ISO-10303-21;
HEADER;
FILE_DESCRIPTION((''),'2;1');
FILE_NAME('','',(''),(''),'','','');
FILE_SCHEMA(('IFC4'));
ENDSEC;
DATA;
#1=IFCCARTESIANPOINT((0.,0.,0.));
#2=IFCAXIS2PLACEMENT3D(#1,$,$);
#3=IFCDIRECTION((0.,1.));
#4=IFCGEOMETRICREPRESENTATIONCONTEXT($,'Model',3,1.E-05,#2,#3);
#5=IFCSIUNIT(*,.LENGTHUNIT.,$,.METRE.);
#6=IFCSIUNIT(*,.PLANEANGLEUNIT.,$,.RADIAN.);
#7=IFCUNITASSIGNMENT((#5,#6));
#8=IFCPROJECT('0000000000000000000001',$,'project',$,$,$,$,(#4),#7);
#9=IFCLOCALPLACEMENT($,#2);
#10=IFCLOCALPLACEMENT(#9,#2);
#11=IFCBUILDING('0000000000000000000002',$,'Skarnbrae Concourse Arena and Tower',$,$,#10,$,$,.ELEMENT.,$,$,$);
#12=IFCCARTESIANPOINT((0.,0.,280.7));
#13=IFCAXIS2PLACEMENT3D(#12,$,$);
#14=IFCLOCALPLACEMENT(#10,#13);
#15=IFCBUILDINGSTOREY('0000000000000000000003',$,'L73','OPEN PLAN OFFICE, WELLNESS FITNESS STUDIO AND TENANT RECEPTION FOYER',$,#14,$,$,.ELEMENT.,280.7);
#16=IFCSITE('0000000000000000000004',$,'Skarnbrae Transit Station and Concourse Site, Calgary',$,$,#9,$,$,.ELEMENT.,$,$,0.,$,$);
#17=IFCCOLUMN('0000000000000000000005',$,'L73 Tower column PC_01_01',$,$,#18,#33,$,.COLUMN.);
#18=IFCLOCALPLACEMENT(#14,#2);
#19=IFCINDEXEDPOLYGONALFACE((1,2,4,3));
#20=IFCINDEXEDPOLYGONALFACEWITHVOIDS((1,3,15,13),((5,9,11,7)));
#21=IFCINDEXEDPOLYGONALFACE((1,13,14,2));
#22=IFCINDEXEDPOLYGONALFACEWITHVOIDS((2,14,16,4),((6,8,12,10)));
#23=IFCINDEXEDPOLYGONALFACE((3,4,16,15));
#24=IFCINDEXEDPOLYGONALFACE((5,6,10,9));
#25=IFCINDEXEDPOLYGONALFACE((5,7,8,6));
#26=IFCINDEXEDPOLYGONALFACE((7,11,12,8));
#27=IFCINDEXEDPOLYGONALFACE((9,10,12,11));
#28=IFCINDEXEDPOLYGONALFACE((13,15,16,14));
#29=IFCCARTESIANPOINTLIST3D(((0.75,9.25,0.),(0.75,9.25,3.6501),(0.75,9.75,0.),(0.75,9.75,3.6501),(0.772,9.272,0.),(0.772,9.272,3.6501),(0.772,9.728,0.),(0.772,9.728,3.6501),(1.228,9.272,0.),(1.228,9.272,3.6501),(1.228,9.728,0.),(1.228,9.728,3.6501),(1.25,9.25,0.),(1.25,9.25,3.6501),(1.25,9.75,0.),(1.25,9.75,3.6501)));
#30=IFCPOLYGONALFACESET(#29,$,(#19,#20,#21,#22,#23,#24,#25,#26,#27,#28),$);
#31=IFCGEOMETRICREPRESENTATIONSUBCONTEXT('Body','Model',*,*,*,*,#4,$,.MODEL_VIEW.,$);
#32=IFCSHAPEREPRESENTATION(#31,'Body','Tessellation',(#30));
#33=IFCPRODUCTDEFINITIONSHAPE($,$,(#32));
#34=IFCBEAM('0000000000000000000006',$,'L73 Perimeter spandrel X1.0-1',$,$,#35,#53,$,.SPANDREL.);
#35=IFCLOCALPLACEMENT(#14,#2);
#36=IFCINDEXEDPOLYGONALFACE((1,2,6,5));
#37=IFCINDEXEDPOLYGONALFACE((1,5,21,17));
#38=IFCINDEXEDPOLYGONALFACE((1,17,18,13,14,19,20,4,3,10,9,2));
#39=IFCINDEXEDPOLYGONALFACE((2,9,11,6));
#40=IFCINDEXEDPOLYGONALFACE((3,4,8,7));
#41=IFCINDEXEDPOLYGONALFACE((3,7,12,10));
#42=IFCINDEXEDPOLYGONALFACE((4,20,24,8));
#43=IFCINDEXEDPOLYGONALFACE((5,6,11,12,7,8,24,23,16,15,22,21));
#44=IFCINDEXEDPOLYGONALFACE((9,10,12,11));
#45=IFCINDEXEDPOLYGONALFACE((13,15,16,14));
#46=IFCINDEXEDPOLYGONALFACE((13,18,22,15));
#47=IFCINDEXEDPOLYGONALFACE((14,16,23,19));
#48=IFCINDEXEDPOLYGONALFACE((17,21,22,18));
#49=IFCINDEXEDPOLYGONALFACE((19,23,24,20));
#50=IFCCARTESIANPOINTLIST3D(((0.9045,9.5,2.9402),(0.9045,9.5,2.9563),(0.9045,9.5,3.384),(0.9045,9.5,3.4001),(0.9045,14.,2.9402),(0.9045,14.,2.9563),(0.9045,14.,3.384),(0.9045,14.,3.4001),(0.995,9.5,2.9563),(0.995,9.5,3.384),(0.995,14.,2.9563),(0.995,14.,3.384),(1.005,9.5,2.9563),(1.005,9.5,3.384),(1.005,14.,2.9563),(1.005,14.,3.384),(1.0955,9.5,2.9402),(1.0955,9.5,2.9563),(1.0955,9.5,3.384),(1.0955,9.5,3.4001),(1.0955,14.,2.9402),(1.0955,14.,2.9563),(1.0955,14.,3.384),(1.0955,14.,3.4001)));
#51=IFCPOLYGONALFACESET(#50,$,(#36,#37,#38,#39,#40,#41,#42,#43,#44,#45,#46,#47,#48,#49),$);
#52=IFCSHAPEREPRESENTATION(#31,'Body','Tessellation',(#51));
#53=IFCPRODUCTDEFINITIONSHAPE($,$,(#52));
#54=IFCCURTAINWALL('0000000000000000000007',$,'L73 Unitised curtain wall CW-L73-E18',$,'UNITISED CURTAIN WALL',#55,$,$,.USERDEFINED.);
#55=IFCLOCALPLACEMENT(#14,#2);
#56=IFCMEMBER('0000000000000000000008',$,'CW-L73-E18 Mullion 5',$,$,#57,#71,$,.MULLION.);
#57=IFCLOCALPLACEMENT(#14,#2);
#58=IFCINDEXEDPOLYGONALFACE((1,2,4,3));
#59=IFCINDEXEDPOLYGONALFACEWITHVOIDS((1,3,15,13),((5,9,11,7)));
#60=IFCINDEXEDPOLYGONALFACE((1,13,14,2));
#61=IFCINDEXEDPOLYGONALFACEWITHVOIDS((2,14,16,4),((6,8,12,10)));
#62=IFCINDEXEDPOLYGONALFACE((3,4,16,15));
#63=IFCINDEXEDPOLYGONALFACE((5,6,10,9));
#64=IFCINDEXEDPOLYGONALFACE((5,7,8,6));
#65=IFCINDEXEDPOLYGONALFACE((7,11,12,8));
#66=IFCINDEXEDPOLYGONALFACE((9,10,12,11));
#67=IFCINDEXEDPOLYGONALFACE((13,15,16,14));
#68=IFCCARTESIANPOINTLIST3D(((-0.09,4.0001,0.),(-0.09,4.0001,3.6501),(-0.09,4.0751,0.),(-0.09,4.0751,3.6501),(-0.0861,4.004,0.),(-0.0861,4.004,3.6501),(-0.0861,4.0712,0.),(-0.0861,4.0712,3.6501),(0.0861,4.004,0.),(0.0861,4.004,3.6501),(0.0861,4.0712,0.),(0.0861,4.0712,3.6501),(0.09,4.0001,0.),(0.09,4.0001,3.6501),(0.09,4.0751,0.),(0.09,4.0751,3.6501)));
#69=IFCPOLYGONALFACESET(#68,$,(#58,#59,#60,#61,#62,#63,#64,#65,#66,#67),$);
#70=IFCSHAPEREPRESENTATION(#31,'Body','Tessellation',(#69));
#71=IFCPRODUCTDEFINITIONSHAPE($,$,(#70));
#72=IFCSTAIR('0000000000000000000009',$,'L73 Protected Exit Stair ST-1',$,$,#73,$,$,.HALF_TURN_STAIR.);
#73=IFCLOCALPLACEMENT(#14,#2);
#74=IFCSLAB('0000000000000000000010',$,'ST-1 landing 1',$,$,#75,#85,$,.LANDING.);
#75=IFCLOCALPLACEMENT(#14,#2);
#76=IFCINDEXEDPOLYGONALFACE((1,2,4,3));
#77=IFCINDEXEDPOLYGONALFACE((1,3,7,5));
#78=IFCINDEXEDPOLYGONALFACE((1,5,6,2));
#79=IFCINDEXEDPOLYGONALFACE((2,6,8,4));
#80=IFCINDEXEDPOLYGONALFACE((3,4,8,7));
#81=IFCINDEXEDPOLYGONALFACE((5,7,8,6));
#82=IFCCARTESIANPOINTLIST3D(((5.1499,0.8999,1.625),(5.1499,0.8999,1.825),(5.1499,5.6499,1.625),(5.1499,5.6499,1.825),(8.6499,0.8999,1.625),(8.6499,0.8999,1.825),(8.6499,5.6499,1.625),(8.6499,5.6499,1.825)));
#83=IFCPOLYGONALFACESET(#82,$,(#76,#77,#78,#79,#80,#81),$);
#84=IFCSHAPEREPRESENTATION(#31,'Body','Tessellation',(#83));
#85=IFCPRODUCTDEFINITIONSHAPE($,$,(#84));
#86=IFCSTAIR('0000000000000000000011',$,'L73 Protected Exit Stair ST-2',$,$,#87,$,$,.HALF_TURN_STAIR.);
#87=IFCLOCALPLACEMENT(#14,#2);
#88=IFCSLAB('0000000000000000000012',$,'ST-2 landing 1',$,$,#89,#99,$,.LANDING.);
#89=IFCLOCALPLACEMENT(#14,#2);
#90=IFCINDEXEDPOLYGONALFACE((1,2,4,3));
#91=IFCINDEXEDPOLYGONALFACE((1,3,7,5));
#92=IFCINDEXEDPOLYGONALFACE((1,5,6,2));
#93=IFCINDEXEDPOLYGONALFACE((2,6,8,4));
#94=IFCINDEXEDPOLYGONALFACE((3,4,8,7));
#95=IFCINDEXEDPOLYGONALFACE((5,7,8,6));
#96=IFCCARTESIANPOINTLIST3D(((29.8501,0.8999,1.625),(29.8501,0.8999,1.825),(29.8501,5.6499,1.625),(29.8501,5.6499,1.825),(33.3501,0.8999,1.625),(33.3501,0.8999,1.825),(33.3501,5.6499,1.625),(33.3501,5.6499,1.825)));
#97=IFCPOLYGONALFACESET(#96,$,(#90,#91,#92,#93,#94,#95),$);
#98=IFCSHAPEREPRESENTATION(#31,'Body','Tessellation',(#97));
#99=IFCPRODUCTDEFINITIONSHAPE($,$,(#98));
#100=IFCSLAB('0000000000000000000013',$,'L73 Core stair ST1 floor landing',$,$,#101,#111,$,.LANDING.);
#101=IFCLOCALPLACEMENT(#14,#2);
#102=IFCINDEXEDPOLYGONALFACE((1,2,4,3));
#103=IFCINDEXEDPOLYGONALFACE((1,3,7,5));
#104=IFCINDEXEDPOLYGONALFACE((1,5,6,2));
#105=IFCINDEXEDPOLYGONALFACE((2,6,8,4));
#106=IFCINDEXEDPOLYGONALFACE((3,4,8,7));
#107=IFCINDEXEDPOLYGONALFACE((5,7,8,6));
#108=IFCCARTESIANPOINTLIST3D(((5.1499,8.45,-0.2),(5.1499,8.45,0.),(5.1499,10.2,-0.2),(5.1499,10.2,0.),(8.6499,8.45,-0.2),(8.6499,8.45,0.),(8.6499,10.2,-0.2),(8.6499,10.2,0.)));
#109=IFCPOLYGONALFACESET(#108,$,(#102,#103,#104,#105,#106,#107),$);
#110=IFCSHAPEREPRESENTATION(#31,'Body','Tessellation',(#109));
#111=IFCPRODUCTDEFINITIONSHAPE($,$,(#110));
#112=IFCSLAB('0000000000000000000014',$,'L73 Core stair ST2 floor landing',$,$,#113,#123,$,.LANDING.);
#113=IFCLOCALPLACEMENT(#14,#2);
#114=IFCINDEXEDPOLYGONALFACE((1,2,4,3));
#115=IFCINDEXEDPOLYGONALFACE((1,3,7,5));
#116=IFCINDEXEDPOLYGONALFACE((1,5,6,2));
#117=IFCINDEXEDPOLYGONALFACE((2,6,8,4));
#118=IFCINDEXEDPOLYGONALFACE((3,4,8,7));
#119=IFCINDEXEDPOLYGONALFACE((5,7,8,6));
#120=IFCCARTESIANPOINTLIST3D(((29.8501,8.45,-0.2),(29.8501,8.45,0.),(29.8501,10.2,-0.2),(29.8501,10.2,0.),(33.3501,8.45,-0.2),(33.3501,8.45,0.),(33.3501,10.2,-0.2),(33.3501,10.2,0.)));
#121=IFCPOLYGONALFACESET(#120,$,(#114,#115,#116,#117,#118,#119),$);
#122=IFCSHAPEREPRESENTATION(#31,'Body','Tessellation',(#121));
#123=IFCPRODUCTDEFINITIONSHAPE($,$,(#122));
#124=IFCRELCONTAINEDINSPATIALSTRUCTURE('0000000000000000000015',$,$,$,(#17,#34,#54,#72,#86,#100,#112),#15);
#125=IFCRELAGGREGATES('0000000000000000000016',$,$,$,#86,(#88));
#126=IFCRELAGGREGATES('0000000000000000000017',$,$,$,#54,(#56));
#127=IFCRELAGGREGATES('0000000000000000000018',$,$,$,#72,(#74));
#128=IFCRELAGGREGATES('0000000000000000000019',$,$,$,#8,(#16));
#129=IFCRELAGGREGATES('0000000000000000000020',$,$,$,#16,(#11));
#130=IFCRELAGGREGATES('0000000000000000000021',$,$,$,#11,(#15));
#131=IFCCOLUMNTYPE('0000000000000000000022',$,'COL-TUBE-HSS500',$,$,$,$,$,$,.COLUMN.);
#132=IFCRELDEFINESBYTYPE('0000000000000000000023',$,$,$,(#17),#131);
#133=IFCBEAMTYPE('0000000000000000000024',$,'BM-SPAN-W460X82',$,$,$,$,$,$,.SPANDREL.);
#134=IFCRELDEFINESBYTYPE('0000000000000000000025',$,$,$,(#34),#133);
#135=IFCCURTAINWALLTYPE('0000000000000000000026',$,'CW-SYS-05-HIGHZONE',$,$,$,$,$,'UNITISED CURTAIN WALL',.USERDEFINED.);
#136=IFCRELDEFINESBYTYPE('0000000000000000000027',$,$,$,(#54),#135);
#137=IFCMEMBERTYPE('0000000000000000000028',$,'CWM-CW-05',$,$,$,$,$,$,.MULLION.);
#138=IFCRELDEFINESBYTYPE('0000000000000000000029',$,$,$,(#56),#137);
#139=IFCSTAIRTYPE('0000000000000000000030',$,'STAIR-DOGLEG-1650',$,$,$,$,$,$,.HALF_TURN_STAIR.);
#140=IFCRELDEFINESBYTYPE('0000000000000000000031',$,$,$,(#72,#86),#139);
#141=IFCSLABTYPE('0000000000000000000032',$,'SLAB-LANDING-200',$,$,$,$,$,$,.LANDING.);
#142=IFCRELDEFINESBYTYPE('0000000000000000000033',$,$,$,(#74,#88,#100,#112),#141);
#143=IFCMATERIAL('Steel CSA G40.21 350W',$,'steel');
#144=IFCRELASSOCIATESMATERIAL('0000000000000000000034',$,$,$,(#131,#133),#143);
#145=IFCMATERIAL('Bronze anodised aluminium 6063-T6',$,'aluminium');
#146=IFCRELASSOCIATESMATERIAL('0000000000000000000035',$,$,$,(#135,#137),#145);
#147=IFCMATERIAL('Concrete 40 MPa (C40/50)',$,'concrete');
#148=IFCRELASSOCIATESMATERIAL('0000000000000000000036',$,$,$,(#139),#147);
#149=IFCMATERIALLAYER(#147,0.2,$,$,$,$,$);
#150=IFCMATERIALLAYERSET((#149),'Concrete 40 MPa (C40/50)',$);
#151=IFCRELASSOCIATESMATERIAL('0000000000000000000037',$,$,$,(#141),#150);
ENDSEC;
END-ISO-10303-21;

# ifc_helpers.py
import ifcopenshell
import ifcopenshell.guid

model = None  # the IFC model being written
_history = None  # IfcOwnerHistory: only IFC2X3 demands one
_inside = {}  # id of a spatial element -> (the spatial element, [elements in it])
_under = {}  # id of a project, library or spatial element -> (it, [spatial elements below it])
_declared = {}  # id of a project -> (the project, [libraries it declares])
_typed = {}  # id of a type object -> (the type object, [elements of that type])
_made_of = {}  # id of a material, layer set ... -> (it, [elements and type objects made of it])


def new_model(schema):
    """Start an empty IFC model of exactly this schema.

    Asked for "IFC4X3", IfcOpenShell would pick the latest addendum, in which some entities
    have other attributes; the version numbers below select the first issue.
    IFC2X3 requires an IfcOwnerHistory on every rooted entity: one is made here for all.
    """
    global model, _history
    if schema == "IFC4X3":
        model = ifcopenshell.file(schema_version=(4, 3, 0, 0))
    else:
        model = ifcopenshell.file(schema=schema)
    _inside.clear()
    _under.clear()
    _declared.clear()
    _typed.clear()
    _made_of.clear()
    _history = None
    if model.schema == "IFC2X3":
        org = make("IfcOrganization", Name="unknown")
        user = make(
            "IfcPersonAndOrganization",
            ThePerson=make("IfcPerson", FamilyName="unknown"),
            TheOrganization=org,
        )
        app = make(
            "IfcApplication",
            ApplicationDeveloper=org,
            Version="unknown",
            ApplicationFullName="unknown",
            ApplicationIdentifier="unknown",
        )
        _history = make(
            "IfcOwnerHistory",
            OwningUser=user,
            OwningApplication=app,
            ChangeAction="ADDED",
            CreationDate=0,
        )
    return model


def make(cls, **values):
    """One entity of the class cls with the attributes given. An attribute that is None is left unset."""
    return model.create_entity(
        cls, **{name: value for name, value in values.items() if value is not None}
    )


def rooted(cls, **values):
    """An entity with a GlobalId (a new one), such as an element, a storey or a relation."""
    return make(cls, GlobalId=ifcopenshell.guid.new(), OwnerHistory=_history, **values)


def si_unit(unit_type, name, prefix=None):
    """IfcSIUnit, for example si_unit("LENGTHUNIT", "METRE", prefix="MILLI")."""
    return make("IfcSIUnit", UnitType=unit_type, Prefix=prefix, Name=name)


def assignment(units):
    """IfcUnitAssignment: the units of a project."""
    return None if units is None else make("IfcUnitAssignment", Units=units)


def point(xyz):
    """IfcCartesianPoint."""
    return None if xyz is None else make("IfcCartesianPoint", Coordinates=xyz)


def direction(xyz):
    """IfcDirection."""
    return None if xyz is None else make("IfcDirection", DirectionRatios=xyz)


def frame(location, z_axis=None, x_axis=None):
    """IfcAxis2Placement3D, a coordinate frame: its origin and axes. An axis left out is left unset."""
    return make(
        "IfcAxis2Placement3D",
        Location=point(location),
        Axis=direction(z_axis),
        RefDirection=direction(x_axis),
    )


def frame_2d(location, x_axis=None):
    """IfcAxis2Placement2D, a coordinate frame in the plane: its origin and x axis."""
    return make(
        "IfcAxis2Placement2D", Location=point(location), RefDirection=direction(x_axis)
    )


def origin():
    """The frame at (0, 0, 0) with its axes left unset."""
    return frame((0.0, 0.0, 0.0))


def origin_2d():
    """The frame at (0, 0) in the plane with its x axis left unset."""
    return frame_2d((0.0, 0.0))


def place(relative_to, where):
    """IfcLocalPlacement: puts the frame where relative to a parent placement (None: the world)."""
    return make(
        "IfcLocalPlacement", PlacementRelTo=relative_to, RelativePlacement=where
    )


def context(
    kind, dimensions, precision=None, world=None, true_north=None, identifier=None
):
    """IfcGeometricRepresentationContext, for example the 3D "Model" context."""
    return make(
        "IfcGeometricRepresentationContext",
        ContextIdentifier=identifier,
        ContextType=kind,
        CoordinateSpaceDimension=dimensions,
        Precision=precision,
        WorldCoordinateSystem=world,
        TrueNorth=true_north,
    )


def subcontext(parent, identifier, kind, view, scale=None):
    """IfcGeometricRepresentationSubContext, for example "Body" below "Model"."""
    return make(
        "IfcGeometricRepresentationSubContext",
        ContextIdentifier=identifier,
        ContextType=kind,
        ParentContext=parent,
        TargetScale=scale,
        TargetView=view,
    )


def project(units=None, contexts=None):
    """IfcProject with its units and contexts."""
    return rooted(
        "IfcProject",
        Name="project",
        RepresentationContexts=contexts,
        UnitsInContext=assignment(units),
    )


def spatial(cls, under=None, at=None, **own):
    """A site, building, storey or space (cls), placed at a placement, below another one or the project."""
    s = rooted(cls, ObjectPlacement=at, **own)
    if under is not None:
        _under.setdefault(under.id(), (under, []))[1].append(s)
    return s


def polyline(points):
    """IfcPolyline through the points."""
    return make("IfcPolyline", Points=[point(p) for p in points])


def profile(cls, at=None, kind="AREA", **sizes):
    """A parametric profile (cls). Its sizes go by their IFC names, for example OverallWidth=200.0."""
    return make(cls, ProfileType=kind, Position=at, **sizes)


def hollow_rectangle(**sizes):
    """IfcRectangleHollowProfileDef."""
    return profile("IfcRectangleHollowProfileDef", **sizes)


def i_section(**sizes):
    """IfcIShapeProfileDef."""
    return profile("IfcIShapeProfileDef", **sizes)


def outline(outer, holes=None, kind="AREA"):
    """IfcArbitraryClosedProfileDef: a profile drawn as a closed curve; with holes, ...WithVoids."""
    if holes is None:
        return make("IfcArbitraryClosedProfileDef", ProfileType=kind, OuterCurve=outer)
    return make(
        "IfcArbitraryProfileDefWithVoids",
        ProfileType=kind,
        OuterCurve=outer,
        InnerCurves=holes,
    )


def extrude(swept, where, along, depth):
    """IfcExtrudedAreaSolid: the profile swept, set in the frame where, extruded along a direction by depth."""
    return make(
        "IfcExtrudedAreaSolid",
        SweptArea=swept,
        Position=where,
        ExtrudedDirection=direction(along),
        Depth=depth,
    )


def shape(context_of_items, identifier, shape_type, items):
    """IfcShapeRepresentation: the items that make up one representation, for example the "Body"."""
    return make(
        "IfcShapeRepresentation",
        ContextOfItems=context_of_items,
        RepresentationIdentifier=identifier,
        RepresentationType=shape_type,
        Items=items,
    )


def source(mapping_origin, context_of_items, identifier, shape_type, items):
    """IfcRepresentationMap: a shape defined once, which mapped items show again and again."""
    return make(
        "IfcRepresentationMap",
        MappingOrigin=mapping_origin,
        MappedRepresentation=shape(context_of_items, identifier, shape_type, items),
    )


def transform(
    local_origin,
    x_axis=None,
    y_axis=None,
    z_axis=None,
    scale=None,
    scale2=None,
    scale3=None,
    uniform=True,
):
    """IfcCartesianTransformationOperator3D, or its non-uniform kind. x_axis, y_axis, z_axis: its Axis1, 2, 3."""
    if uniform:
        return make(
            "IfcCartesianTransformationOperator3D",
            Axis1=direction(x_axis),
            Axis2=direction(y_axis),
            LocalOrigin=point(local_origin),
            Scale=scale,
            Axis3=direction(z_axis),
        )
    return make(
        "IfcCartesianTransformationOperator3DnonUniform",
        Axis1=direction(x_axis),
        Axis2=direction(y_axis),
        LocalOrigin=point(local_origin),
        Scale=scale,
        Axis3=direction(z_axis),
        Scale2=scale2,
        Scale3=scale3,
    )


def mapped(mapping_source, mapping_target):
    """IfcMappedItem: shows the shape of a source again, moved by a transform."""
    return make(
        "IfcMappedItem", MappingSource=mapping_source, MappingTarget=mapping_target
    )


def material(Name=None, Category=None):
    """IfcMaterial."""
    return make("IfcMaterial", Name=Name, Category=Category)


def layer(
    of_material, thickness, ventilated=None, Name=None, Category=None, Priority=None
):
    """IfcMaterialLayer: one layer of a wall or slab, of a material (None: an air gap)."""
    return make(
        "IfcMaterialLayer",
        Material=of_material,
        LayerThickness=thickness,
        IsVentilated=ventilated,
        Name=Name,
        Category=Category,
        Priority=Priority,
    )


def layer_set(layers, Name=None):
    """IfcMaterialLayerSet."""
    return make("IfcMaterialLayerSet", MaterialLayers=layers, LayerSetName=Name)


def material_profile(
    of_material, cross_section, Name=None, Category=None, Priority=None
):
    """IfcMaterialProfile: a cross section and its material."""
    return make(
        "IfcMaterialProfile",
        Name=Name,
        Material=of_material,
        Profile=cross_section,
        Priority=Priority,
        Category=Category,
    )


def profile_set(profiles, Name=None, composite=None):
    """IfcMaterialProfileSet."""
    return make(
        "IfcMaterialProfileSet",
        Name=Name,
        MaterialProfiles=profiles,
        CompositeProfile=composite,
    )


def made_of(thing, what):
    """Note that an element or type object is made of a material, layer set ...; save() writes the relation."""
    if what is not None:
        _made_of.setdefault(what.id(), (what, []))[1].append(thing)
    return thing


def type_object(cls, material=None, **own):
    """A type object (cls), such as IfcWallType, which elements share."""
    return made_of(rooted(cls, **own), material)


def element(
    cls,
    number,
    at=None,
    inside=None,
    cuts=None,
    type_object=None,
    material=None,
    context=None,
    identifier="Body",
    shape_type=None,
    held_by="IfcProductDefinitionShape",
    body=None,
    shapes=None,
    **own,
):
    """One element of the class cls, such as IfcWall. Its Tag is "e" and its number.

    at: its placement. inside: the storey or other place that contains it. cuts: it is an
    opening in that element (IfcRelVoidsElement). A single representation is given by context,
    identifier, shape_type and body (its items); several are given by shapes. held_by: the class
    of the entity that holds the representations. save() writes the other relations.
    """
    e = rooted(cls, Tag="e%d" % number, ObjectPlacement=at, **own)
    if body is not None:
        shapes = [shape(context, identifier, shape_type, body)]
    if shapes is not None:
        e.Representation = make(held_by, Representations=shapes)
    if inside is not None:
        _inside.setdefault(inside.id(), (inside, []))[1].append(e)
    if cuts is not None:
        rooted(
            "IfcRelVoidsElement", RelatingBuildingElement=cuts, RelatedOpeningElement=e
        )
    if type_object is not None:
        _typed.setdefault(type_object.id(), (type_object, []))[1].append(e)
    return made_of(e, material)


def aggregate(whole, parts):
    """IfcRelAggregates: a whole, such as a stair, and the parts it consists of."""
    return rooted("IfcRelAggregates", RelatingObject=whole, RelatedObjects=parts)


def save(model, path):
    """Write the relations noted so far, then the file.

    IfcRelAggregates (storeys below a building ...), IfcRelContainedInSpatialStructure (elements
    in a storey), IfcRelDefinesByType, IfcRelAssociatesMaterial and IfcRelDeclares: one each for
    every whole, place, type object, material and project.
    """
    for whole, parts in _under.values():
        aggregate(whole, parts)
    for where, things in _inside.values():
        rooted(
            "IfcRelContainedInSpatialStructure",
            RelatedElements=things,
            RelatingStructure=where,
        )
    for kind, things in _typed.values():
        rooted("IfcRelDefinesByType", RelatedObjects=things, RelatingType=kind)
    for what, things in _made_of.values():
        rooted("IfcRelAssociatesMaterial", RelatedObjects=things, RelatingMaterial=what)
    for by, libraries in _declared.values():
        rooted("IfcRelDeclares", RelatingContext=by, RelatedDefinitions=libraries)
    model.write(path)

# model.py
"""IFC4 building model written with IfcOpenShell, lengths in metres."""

from ifc_helpers import new_model, si_unit, direction, frame, origin, origin_2d, place, context, subcontext, project, spatial, polyline, hollow_rectangle, i_section, outline, extrude, source, transform, mapped, material, layer, layer_set, material_profile, profile_set, type_object, element, aggregate, save


model = new_model("IFC4")

# Units and contexts
model_context = context("Model", 3, precision=1e-05, world=origin(), true_north=direction((0.0, 1.0)))
body_context = subcontext(model_context, "Body", "Model", "MODEL_VIEW")
ifc_project = project(units=[si_unit("LENGTHUNIT", "METRE"), si_unit("PLANEANGLEUNIT", "RADIAN")], contexts=[model_context])

# Site, building, storey
site_placement = place(None, origin())
site = spatial("IfcSite", under=ifc_project, at=site_placement, Name="Skarnbrae Transit Station and Concourse Site, Calgary", CompositionType="ELEMENT", RefElevation=0.0)
building_placement = place(site_placement, origin())
building = spatial("IfcBuilding", under=site, at=building_placement, Name="Skarnbrae Concourse Arena and Tower", CompositionType="ELEMENT")
storey_placement = place(building_placement, frame((0.0, 0.0, 280.7)))
storey = spatial("IfcBuildingStorey", under=building, at=storey_placement, Name="L73", Description="OPEN PLAN OFFICE, WELLNESS FITNESS STUDIO AND TENANT RECEPTION FOYER", CompositionType="ELEMENT", Elevation=280.7)

# Column
ifc_material_1 = material(Name="Steel CSA G40.21 350W", Category="steel")
ifc_material_profile_1 = material_profile(ifc_material_1, hollow_rectangle(XDim=0.5, YDim=0.5, WallThickness=0.022, at=origin_2d()), Name="HSS500X500X22.0")
ifc_profile_set_1 = profile_set([ifc_material_profile_1], Name="Steel CSA G40.21 350W")
column_type = type_object("IfcColumnType", Name="COL-TUBE-HSS500", PredefinedType="COLUMN", material=ifc_profile_set_1)
shared_shape_1 = source(origin(), body_context, "Body", "SweptSolid", [
    extrude(hollow_rectangle(XDim=0.5, YDim=0.5, WallThickness=0.022, at=origin_2d()), origin(), (0.0, 0.0, 1.0), 3.6501),
])
column_placement = place(storey_placement, frame((1.0, 9.5, 0.0), z_axis=(0.0, 0.0, 1.0), x_axis=(1.0, 0.0, 0.0)))
element("IfcColumn", 1, at=column_placement, inside=storey, type_object=column_type, Name="L73 Tower column PC_01_01", PredefinedType="COLUMN", context=body_context, shape_type="MappedRepresentation", body=[
    mapped(shared_shape_1, transform((0.0, 0.0, 0.0))),
])

# Beam
ifc_material_profile_2 = material_profile(ifc_material_1, i_section(OverallWidth=0.1909, OverallDepth=0.46, WebThickness=0.01, FlangeThickness=0.0161, at=origin_2d()), Name="W460X82")
ifc_profile_set_2 = profile_set([ifc_material_profile_2], Name="Steel CSA G40.21 350W")
beam_type = type_object("IfcBeamType", Name="BM-SPAN-W460X82", PredefinedType="SPANDREL", material=ifc_profile_set_2)
shared_shape_2 = source(origin(), body_context, "Body", "SweptSolid", [
    extrude(i_section(OverallWidth=0.1909, OverallDepth=0.46, WebThickness=0.01, FlangeThickness=0.0161, at=origin_2d()), origin(), (0.0, 0.0, 1.0), 4.5),
])
beam_placement = place(storey_placement, frame((1.0, 9.5, 3.1702), z_axis=(0.0, 1.0, 0.0), x_axis=(-1.0, 0.0, 0.0)))
element("IfcBeam", 2, at=beam_placement, inside=storey, type_object=beam_type, Name="L73 Perimeter spandrel X1.0-1", PredefinedType="SPANDREL", context=body_context, shape_type="MappedRepresentation", body=[
    mapped(shared_shape_2, transform((0.0, 0.0, 0.0))),
])

# Curtain wall, member
ifc_material_2 = material(Name="Bronze anodised aluminium 6063-T6", Category="aluminium")
curtain_wall_type = type_object("IfcCurtainWallType", Name="CW-SYS-05-HIGHZONE", ElementType="UNITISED CURTAIN WALL", PredefinedType="USERDEFINED", material=ifc_material_2)
curtain_wall_placement = place(storey_placement, origin())
curtain_wall = element("IfcCurtainWall", 3, at=curtain_wall_placement, inside=storey, type_object=curtain_wall_type, Name="L73 Unitised curtain wall CW-L73-E18", ObjectType="UNITISED CURTAIN WALL", PredefinedType="USERDEFINED")
ifc_material_profile_3 = material_profile(ifc_material_2, hollow_rectangle(XDim=0.075, YDim=0.1799, WallThickness=0.0039, at=origin_2d()), Name="ALU-MULL-75X180")
ifc_profile_set_3 = profile_set([ifc_material_profile_3], Name="Bronze anodised aluminium 6063-T6")
member_type = type_object("IfcMemberType", Name="CWM-CW-05", PredefinedType="MULLION", material=ifc_profile_set_3)
shared_shape_3 = source(origin(), body_context, "Body", "SweptSolid", [
    extrude(hollow_rectangle(XDim=0.075, YDim=0.1799, WallThickness=0.0039, at=origin_2d()), origin(), (0.0, 0.0, 1.0), 3.6501),
])
member_placement = place(storey_placement, frame((0.0, 4.0376, 0.0), z_axis=(0.0, 0.0, 1.0), x_axis=(0.0, -1.0, 0.0)))
member = element("IfcMember", 4, at=member_placement, type_object=member_type, Name="CW-L73-E18 Mullion 5", PredefinedType="MULLION", context=body_context, shape_type="MappedRepresentation", body=[
    mapped(shared_shape_3, transform((0.0, 0.0, 0.0))),
])

# Stairs, slabs
ifc_material_3 = material(Name="Concrete 40 MPa (C40/50)", Category="concrete")
stair_type = type_object("IfcStairType", Name="STAIR-DOGLEG-1650", PredefinedType="HALF_TURN_STAIR", material=ifc_material_3)
stair_1_placement = place(storey_placement, origin())
stair_1 = element("IfcStair", 5, at=stair_1_placement, inside=storey, type_object=stair_type, Name="L73 Protected Exit Stair ST-1", PredefinedType="HALF_TURN_STAIR")
ifc_layer_1 = layer(ifc_material_3, 0.2)
ifc_layer_set_1 = layer_set([ifc_layer_1], Name="Concrete 40 MPa (C40/50)")
slab_type_1 = type_object("IfcSlabType", Name="SLAB-LANDING-200", PredefinedType="LANDING", material=ifc_layer_set_1)
slab_1_placement = place(storey_placement, frame((0.0, 0.0, 1.625)))
slab_1 = element("IfcSlab", 6, at=slab_1_placement, type_object=slab_type_1, Name="ST-1 landing 1", PredefinedType="LANDING", context=body_context, shape_type="SweptSolid", body=[
    extrude(outline(polyline([(5.1499, 5.6499), (5.1499, 0.8999), (8.6499, 0.8999), (8.6499, 5.6499), (5.1499, 5.6499)])), origin(), (0.0, 0.0, 1.0), 0.2),
])
stair_2_placement = place(storey_placement, origin())
stair_2 = element("IfcStair", 7, at=stair_2_placement, inside=storey, type_object=stair_type, Name="L73 Protected Exit Stair ST-2", PredefinedType="HALF_TURN_STAIR")
slab_2_placement = place(storey_placement, frame((0.0, 0.0, 1.625)))
slab_2 = element("IfcSlab", 8, at=slab_2_placement, type_object=slab_type_1, Name="ST-2 landing 1", PredefinedType="LANDING", context=body_context, shape_type="SweptSolid", body=[
    extrude(outline(polyline([(29.8501, 5.6499), (29.8501, 0.8999), (33.3501, 0.8999), (33.3501, 5.6499), (29.8501, 5.6499)])), origin(), (0.0, 0.0, 1.0), 0.2),
])
aggregate(stair_2, [slab_2])

# Slabs
slab_3_placement = place(storey_placement, frame((0.0, 0.0, -0.2)))
element("IfcSlab", 9, at=slab_3_placement, inside=storey, type_object=slab_type_1, Name="L73 Core stair ST1 floor landing", PredefinedType="LANDING", context=body_context, shape_type="SweptSolid", body=[
    extrude(outline(polyline([(5.1499, 10.2), (5.1499, 8.45), (8.6499, 8.45), (8.6499, 10.2), (5.1499, 10.2)])), origin(), (0.0, 0.0, 1.0), 0.2),
])
slab_4_placement = place(storey_placement, frame((0.0, 0.0, -0.2)))
element("IfcSlab", 10, at=slab_4_placement, inside=storey, type_object=slab_type_1, Name="L73 Core stair ST2 floor landing", PredefinedType="LANDING", context=body_context, shape_type="SweptSolid", body=[
    extrude(outline(polyline([(29.8501, 10.2), (29.8501, 8.45), (33.3501, 8.45), (33.3501, 10.2), (29.8501, 10.2)])), origin(), (0.0, 0.0, 1.0), 0.2),
])

aggregate(curtain_wall, [member])

aggregate(stair_1, [slab_1])

save(model, "model.ifc")
